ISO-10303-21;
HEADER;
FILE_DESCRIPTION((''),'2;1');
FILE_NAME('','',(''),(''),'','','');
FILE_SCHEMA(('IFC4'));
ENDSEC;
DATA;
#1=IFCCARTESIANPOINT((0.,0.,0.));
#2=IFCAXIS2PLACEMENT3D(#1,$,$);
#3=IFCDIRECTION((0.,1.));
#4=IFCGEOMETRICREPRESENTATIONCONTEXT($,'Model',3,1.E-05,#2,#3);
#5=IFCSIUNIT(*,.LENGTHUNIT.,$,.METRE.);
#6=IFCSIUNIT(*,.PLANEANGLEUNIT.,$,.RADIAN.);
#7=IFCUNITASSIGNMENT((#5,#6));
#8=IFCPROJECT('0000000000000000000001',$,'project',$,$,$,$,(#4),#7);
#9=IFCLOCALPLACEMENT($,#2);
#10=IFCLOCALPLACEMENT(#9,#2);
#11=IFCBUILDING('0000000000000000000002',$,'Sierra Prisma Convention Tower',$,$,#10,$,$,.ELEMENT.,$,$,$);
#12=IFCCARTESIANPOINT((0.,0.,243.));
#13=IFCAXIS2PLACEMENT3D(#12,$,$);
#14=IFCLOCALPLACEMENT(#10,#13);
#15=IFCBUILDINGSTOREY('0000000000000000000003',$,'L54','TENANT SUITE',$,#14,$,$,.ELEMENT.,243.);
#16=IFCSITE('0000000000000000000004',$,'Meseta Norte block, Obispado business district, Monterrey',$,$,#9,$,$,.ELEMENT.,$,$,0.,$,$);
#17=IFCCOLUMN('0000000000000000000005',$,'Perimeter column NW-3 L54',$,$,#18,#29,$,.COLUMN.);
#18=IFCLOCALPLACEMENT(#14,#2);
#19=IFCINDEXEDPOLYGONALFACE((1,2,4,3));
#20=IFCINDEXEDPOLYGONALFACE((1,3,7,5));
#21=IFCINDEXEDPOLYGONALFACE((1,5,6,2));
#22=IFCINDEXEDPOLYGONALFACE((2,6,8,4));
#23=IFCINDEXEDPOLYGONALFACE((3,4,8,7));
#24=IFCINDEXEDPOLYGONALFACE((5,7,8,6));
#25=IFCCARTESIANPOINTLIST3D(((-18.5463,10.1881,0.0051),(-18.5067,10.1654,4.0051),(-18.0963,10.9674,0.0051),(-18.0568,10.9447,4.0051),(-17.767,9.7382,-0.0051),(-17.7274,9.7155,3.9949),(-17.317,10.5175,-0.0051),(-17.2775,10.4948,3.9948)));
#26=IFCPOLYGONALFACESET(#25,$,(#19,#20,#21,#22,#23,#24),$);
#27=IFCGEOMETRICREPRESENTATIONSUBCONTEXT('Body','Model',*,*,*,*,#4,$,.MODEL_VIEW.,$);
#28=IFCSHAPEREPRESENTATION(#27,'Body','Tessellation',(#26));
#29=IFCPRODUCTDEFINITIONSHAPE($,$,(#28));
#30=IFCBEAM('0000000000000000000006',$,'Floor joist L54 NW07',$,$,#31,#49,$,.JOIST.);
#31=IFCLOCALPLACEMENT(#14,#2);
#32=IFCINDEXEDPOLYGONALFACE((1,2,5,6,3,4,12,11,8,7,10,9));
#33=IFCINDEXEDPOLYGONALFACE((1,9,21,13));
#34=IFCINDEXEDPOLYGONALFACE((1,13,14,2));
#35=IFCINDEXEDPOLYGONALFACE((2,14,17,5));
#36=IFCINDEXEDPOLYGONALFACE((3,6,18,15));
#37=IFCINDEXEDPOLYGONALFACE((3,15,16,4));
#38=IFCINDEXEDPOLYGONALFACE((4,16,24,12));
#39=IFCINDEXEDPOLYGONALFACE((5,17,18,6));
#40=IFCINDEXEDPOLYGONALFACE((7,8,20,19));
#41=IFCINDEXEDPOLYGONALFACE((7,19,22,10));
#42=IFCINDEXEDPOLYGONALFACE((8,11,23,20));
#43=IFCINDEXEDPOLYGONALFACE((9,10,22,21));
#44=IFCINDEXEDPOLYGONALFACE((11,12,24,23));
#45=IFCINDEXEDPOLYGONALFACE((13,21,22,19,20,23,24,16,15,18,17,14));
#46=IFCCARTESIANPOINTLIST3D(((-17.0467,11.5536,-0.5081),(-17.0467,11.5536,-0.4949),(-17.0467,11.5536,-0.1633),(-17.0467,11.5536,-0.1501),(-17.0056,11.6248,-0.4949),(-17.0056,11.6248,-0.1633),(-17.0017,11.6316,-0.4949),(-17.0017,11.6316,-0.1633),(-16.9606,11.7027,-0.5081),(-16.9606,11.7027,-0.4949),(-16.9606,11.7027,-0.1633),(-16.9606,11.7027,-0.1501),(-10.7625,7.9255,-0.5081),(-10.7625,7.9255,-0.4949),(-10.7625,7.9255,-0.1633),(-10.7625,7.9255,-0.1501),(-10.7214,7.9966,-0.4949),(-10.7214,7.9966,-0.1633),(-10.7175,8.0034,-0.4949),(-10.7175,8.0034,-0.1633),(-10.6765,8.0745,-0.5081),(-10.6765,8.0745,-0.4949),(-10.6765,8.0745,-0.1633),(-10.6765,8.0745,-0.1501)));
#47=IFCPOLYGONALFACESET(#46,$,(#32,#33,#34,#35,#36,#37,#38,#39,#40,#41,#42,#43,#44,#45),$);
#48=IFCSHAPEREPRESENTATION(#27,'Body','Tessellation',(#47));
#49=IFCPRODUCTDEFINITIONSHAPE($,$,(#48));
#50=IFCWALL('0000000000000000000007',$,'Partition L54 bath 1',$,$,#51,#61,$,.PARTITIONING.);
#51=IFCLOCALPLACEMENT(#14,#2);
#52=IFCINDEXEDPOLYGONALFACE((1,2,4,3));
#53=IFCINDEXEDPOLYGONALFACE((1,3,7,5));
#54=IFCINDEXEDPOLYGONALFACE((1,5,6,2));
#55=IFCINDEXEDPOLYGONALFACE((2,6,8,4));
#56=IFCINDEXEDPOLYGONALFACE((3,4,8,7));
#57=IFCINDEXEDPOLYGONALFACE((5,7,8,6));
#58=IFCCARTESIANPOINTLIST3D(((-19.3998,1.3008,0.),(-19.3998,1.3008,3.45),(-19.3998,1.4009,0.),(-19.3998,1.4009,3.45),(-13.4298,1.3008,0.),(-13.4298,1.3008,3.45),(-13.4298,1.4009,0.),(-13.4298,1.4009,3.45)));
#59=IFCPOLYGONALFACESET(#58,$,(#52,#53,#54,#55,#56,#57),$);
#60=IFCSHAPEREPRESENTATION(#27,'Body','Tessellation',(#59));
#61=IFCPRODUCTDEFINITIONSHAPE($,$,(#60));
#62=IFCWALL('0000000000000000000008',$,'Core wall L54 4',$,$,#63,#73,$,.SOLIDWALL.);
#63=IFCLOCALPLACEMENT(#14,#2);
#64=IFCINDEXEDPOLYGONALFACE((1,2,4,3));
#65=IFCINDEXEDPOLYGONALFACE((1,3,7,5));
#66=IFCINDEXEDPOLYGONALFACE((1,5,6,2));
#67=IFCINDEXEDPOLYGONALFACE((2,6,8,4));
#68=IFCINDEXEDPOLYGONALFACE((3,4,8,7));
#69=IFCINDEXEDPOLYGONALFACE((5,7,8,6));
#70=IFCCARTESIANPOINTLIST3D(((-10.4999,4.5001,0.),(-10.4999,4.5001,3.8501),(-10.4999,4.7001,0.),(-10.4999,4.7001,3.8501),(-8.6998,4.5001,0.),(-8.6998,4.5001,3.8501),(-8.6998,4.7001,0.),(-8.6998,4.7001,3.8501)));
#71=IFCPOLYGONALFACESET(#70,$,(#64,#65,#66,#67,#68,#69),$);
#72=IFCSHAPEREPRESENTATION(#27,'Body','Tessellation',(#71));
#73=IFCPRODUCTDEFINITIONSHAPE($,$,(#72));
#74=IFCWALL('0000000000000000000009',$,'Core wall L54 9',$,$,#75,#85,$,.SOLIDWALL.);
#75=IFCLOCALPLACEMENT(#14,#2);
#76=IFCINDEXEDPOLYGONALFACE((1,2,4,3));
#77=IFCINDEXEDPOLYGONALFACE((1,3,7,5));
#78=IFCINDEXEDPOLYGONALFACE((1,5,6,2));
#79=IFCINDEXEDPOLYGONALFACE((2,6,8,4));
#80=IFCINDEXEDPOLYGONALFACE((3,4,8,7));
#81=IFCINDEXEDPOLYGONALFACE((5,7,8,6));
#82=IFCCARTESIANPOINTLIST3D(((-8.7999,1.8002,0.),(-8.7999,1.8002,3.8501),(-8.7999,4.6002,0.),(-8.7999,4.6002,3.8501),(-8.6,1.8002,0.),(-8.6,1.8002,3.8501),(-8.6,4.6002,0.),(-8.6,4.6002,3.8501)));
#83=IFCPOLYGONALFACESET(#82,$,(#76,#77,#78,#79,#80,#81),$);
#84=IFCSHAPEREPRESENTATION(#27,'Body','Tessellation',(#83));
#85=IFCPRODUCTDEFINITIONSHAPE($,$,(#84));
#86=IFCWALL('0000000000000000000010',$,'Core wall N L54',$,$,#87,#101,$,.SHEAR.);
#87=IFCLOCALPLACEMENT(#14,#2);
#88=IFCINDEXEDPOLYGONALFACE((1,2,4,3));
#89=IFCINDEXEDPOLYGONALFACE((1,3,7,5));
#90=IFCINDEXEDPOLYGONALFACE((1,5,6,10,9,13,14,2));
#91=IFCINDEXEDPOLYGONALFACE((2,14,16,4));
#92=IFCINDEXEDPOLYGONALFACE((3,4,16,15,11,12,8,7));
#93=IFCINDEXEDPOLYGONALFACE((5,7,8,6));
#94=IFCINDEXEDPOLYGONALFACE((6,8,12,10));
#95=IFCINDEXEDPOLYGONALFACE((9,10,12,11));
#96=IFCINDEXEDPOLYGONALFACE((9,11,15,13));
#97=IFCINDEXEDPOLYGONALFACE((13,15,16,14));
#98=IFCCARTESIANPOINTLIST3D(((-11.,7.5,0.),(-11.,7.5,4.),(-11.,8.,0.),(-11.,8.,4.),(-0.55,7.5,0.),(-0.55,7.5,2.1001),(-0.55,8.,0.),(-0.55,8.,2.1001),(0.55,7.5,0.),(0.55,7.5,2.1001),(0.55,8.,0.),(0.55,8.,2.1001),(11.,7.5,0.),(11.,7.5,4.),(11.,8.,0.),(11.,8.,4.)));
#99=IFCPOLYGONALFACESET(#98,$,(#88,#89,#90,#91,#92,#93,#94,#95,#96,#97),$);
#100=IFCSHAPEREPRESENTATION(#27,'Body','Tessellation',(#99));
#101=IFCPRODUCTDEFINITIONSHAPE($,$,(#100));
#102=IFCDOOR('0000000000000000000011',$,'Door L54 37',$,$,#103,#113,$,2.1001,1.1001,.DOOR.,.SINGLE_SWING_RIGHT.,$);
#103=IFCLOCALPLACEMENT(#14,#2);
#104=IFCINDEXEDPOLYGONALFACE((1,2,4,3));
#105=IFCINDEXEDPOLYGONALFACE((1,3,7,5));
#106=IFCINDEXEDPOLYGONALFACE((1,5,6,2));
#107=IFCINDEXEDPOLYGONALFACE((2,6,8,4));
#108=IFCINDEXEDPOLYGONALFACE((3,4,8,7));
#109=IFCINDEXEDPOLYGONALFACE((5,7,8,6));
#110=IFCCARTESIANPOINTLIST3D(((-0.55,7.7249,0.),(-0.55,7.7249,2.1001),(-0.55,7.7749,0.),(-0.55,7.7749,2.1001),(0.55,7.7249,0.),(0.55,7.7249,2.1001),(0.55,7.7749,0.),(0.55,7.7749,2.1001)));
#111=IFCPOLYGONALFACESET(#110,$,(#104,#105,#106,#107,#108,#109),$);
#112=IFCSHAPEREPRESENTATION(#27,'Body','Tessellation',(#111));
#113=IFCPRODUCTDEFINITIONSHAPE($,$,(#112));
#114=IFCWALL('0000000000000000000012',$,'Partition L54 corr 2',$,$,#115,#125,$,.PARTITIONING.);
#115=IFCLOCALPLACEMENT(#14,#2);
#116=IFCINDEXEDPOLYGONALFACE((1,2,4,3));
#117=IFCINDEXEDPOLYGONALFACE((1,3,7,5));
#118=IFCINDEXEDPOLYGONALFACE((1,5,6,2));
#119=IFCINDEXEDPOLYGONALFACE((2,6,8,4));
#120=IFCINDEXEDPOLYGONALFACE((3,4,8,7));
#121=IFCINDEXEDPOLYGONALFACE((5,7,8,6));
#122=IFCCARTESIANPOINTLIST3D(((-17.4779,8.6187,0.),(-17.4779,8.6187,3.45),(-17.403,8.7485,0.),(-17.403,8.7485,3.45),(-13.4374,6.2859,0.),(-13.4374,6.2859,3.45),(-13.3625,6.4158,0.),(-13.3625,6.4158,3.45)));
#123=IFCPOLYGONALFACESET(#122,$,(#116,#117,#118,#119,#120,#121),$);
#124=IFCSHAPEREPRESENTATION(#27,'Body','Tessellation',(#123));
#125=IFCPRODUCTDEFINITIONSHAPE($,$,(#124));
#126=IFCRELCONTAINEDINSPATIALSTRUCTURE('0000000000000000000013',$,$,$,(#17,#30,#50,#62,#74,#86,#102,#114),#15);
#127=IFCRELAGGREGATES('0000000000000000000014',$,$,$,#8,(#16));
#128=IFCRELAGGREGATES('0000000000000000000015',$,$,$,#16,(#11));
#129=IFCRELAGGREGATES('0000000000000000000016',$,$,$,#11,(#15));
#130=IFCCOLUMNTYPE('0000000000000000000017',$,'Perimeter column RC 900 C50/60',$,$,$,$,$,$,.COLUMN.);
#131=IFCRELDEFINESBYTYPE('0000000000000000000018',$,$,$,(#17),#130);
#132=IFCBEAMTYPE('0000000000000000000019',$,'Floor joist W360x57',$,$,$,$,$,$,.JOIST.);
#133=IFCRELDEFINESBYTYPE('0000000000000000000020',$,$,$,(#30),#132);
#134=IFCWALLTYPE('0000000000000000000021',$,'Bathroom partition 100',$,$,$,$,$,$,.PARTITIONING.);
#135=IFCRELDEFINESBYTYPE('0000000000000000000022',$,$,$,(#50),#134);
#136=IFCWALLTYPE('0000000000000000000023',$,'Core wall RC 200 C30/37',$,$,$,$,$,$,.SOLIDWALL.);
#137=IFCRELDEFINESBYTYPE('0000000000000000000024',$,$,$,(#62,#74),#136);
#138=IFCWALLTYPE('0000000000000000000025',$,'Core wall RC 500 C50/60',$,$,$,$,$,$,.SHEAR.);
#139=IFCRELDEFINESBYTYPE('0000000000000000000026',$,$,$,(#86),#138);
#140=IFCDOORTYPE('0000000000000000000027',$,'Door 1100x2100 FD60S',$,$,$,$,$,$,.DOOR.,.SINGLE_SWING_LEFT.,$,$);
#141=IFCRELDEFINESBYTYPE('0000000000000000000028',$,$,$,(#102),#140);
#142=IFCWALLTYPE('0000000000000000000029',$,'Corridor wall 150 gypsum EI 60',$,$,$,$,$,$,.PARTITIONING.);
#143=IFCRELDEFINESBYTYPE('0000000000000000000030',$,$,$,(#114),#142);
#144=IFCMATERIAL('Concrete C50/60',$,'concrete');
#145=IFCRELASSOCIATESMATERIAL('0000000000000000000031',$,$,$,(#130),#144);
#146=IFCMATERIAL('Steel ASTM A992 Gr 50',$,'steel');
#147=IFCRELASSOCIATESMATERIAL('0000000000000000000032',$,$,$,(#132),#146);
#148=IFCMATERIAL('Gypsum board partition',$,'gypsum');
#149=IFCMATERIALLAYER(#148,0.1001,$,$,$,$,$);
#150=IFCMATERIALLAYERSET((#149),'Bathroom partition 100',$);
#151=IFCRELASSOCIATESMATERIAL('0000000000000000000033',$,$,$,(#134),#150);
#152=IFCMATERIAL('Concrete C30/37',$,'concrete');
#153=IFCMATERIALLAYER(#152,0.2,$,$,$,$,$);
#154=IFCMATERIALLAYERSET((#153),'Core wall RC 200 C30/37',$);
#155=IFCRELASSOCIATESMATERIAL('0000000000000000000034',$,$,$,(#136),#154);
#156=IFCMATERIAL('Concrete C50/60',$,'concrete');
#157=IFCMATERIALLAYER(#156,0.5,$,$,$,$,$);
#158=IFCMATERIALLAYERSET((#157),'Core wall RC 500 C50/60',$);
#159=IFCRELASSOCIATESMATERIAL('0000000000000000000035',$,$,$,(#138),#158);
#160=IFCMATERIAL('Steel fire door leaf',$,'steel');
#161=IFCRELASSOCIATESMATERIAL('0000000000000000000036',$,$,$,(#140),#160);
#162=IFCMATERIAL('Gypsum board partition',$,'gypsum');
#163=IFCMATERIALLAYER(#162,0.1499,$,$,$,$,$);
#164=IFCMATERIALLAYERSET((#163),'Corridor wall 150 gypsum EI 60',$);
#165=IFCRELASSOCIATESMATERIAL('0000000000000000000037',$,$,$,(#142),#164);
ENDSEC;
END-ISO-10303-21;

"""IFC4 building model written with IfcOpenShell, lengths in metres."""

from ifc_helpers import new_model, si_unit, direction, frame, frame_2d, origin, origin_2d, place, context, subcontext, project, spatial, rectangle, i_section, extrude, material, layer, layer_set, material_profile, profile_set, type_object, element, fill, save


model = new_model("IFC4")

# Units and contexts
model_context = context("Model", 3, precision=1e-05, world=origin(), true_north=direction((0.0, 1.0)))
body_context = subcontext(model_context, "Body", "Model", "MODEL_VIEW")
ifc_project = project(units=[si_unit("LENGTHUNIT", "METRE"), si_unit("PLANEANGLEUNIT", "RADIAN")], contexts=[model_context])

# Site, building, storey
site_placement = place(None, origin())
site = spatial("IfcSite", under=ifc_project, at=site_placement, Name="Meseta Norte block, Obispado business district, Monterrey", CompositionType="ELEMENT", RefElevation=0.0)
building_placement = place(site_placement, origin())
building = spatial("IfcBuilding", under=site, at=building_placement, Name="Sierra Prisma Convention Tower", CompositionType="ELEMENT")
storey_placement = place(building_placement, frame((0.0, 0.0, 243.0)))
storey = spatial("IfcBuildingStorey", under=building, at=storey_placement, Name="L54", Description="TENANT SUITE", CompositionType="ELEMENT", Elevation=243.0)

# Column
ifc_material_1 = material(Name="Concrete C50/60", Category="concrete")
ifc_material_profile_1 = material_profile(ifc_material_1, rectangle(XDim=0.8999, YDim=0.8999, at=origin_2d()), Name="Perimeter column RC 900 C50/60")
ifc_profile_set_1 = profile_set([ifc_material_profile_1], Name="Concrete C50/60")
column_type = type_object("IfcColumnType", Name="Perimeter column RC 900 C50/60", PredefinedType="COLUMN", material=ifc_profile_set_1)
column_placement = place(storey_placement, frame((-17.9316, 10.3528, 0.0), z_axis=(0.009887, -0.005676, 0.999935), x_axis=(0.499976, 0.86604, -0.000028)))
element("IfcColumn", 1, at=column_placement, inside=storey, type_object=column_type, Name="Perimeter column NW-3 L54", PredefinedType="COLUMN", context=body_context, shape_type="SweptSolid", body=[
    extrude(rectangle(XDim=0.8999, YDim=0.8999, at=origin_2d()), origin(), (0.0, 0.0, 1.0), 4.0002),
])

# Beam
ifc_material_2 = material(Name="Steel ASTM A992 Gr 50", Category="steel")
ifc_material_profile_2 = material_profile(ifc_material_2, i_section(OverallWidth=0.1721, OverallDepth=0.3579, WebThickness=0.0078, FlangeThickness=0.0132, at=origin_2d()), Name="W360x57")
ifc_profile_set_2 = profile_set([ifc_material_profile_2], Name="Steel ASTM A992 Gr 50")
beam_type = type_object("IfcBeamType", Name="Floor joist W360x57", PredefinedType="JOIST", material=ifc_profile_set_2)
beam_placement = place(storey_placement, frame((-17.0037, 11.6282, -0.3291), z_axis=(0.866025, -0.5, 0.0), x_axis=(0.5, 0.866025, 0.0)))
element("IfcBeam", 2, at=beam_placement, inside=storey, type_object=beam_type, Name="Floor joist L54 NW07", PredefinedType="JOIST", context=body_context, shape_type="SweptSolid", body=[
    extrude(i_section(OverallWidth=0.1721, OverallDepth=0.3579, WebThickness=0.0078, FlangeThickness=0.0132, at=origin_2d()), origin(), (0.0, 0.0, 1.0), 7.2563),
])

# Wall
ifc_material_3 = material(Name="Gypsum board partition", Category="gypsum")
ifc_layer_1 = layer(ifc_material_3, 0.1001)
ifc_layer_set_1 = layer_set([ifc_layer_1], Name="Bathroom partition 100")
wall_type_1 = type_object("IfcWallType", Name="Bathroom partition 100", PredefinedType="PARTITIONING", material=ifc_layer_set_1)
wall_1_placement = place(storey_placement, frame((-13.4299, 1.3508, 0.0), z_axis=(0.0, 0.0, 1.0), x_axis=(-1.0, 0.0, 0.0)))
element("IfcWall", 3, at=wall_1_placement, inside=storey, type_object=wall_type_1, Name="Partition L54 bath 1", PredefinedType="PARTITIONING", context=body_context, shape_type="SweptSolid", body=[
    extrude(rectangle(XDim=5.97, YDim=0.1001, at=frame_2d((2.9849, 0.0))), origin(), (0.0, 0.0, 1.0), 3.45),
])

# Shared definitions
ifc_material_4 = material(Name="Concrete C30/37", Category="concrete")
ifc_layer_2 = layer(ifc_material_4, 0.2)
ifc_layer_set_2 = layer_set([ifc_layer_2], Name="Core wall RC 200 C30/37")
wall_type_2 = type_object("IfcWallType", Name="Core wall RC 200 C30/37", PredefinedType="SOLIDWALL", material=ifc_layer_set_2)

# Wall
wall_2_placement = place(storey_placement, frame((-8.7, 4.6001, 0.0), z_axis=(0.0, 0.0, 1.0), x_axis=(-1.0, 0.0, 0.0)))
element("IfcWall", 4, at=wall_2_placement, inside=storey, type_object=wall_type_2, Name="Core wall L54 4", PredefinedType="SOLIDWALL", context=body_context, shape_type="SweptSolid", body=[
    extrude(rectangle(XDim=1.8, YDim=0.2, at=frame_2d((0.8999, 0.0))), origin(), (0.0, 0.0, 1.0), 3.8501),
])

# Wall
wall_3_placement = place(storey_placement, frame((-8.7, 4.6001, 0.0), z_axis=(0.0, 0.0, 1.0), x_axis=(0.0, -1.0, 0.0)))
element("IfcWall", 5, at=wall_3_placement, inside=storey, type_object=wall_type_2, Name="Core wall L54 9", PredefinedType="SOLIDWALL", context=body_context, shape_type="SweptSolid", body=[
    extrude(rectangle(XDim=2.8, YDim=0.2, at=frame_2d((1.3999, 0.0))), origin(), (0.0, 0.0, 1.0), 3.8501),
])

# Wall, opening, door
ifc_material_5 = material(Name="Concrete C50/60", Category="concrete")
ifc_layer_3 = layer(ifc_material_5, 0.5)
ifc_layer_set_3 = layer_set([ifc_layer_3], Name="Core wall RC 500 C50/60")
wall_type_3 = type_object("IfcWallType", Name="Core wall RC 500 C50/60", PredefinedType="SHEAR", material=ifc_layer_set_3)
wall_4_placement = place(storey_placement, frame((-11.0, 7.75, 0.0), z_axis=(0.0, 0.0, 1.0), x_axis=(1.0, 0.0, 0.0)))
wall_4 = element("IfcWall", 6, at=wall_4_placement, inside=storey, type_object=wall_type_3, Name="Core wall N L54", PredefinedType="SHEAR", context=body_context, shape_type="SweptSolid", body=[
    extrude(rectangle(XDim=22.0, YDim=0.5, at=frame_2d((11.0, 0.0))), origin(), (0.0, 0.0, 1.0), 4.0),
])
opening_1_placement = place(wall_4_placement, frame((10.45, 0.0, 0.0)))
opening_1 = element("IfcOpeningElement", 7, at=opening_1_placement, cuts=wall_4, PredefinedType="OPENING", context=body_context, shape_type="SweptSolid", body=[
    extrude(rectangle(XDim=1.1001, YDim=2.1001, at=frame_2d((0.55, 1.05))), frame((0.0, 0.25, 0.0), z_axis=(0.0, -1.0, 0.0), x_axis=(1.0, 0.0, 0.0)), (0.0, 0.0, 1.0), 0.5),
])
ifc_material_6 = material(Name="Steel fire door leaf", Category="steel")
door_type_1 = type_object("IfcDoorType", Name="Door 1100x2100 FD60S", OperationType="SINGLE_SWING_LEFT", PredefinedType="DOOR", material=ifc_material_6)
door_1_placement = place(opening_1_placement, origin())
door_1 = element("IfcDoor", 8, at=door_1_placement, inside=storey, type_object=door_type_1, Name="Door L54 37", OperationType="SINGLE_SWING_RIGHT", OverallHeight=2.1001, OverallWidth=1.1001, PredefinedType="DOOR", context=body_context, shape_type="SweptSolid", body=[
    extrude(rectangle(XDim=1.1001, YDim=2.1001, at=frame_2d((0.55, 1.05))), frame((0.0, 0.0249, 0.0), z_axis=(0.0, -1.0, 0.0), x_axis=(1.0, 0.0, 0.0)), (0.0, 0.0, 1.0), 0.05),
])
fill(opening_1, door_1)

# Wall
ifc_material_7 = material(Name="Gypsum board partition", Category="gypsum")
ifc_layer_4 = layer(ifc_material_7, 0.1499)
ifc_layer_set_4 = layer_set([ifc_layer_4], Name="Corridor wall 150 gypsum EI 60")
wall_type_4 = type_object("IfcWallType", Name="Corridor wall 150 gypsum EI 60", PredefinedType="PARTITIONING", material=ifc_layer_set_4)
wall_5_placement = place(storey_placement, frame((-17.4404, 8.6836, 0.0), z_axis=(0.0, 0.0, 1.0), x_axis=(0.866029, -0.499994, 0.0)))
element("IfcWall", 9, at=wall_5_placement, inside=storey, type_object=wall_type_4, Name="Partition L54 corr 2", PredefinedType="PARTITIONING", context=body_context, shape_type="SweptSolid", body=[
    extrude(rectangle(XDim=4.6655, YDim=0.1499, at=frame_2d((2.3328, 0.0))), origin(), (0.0, 0.0, 1.0), 3.45),
])

save(model, "model.ifc")
